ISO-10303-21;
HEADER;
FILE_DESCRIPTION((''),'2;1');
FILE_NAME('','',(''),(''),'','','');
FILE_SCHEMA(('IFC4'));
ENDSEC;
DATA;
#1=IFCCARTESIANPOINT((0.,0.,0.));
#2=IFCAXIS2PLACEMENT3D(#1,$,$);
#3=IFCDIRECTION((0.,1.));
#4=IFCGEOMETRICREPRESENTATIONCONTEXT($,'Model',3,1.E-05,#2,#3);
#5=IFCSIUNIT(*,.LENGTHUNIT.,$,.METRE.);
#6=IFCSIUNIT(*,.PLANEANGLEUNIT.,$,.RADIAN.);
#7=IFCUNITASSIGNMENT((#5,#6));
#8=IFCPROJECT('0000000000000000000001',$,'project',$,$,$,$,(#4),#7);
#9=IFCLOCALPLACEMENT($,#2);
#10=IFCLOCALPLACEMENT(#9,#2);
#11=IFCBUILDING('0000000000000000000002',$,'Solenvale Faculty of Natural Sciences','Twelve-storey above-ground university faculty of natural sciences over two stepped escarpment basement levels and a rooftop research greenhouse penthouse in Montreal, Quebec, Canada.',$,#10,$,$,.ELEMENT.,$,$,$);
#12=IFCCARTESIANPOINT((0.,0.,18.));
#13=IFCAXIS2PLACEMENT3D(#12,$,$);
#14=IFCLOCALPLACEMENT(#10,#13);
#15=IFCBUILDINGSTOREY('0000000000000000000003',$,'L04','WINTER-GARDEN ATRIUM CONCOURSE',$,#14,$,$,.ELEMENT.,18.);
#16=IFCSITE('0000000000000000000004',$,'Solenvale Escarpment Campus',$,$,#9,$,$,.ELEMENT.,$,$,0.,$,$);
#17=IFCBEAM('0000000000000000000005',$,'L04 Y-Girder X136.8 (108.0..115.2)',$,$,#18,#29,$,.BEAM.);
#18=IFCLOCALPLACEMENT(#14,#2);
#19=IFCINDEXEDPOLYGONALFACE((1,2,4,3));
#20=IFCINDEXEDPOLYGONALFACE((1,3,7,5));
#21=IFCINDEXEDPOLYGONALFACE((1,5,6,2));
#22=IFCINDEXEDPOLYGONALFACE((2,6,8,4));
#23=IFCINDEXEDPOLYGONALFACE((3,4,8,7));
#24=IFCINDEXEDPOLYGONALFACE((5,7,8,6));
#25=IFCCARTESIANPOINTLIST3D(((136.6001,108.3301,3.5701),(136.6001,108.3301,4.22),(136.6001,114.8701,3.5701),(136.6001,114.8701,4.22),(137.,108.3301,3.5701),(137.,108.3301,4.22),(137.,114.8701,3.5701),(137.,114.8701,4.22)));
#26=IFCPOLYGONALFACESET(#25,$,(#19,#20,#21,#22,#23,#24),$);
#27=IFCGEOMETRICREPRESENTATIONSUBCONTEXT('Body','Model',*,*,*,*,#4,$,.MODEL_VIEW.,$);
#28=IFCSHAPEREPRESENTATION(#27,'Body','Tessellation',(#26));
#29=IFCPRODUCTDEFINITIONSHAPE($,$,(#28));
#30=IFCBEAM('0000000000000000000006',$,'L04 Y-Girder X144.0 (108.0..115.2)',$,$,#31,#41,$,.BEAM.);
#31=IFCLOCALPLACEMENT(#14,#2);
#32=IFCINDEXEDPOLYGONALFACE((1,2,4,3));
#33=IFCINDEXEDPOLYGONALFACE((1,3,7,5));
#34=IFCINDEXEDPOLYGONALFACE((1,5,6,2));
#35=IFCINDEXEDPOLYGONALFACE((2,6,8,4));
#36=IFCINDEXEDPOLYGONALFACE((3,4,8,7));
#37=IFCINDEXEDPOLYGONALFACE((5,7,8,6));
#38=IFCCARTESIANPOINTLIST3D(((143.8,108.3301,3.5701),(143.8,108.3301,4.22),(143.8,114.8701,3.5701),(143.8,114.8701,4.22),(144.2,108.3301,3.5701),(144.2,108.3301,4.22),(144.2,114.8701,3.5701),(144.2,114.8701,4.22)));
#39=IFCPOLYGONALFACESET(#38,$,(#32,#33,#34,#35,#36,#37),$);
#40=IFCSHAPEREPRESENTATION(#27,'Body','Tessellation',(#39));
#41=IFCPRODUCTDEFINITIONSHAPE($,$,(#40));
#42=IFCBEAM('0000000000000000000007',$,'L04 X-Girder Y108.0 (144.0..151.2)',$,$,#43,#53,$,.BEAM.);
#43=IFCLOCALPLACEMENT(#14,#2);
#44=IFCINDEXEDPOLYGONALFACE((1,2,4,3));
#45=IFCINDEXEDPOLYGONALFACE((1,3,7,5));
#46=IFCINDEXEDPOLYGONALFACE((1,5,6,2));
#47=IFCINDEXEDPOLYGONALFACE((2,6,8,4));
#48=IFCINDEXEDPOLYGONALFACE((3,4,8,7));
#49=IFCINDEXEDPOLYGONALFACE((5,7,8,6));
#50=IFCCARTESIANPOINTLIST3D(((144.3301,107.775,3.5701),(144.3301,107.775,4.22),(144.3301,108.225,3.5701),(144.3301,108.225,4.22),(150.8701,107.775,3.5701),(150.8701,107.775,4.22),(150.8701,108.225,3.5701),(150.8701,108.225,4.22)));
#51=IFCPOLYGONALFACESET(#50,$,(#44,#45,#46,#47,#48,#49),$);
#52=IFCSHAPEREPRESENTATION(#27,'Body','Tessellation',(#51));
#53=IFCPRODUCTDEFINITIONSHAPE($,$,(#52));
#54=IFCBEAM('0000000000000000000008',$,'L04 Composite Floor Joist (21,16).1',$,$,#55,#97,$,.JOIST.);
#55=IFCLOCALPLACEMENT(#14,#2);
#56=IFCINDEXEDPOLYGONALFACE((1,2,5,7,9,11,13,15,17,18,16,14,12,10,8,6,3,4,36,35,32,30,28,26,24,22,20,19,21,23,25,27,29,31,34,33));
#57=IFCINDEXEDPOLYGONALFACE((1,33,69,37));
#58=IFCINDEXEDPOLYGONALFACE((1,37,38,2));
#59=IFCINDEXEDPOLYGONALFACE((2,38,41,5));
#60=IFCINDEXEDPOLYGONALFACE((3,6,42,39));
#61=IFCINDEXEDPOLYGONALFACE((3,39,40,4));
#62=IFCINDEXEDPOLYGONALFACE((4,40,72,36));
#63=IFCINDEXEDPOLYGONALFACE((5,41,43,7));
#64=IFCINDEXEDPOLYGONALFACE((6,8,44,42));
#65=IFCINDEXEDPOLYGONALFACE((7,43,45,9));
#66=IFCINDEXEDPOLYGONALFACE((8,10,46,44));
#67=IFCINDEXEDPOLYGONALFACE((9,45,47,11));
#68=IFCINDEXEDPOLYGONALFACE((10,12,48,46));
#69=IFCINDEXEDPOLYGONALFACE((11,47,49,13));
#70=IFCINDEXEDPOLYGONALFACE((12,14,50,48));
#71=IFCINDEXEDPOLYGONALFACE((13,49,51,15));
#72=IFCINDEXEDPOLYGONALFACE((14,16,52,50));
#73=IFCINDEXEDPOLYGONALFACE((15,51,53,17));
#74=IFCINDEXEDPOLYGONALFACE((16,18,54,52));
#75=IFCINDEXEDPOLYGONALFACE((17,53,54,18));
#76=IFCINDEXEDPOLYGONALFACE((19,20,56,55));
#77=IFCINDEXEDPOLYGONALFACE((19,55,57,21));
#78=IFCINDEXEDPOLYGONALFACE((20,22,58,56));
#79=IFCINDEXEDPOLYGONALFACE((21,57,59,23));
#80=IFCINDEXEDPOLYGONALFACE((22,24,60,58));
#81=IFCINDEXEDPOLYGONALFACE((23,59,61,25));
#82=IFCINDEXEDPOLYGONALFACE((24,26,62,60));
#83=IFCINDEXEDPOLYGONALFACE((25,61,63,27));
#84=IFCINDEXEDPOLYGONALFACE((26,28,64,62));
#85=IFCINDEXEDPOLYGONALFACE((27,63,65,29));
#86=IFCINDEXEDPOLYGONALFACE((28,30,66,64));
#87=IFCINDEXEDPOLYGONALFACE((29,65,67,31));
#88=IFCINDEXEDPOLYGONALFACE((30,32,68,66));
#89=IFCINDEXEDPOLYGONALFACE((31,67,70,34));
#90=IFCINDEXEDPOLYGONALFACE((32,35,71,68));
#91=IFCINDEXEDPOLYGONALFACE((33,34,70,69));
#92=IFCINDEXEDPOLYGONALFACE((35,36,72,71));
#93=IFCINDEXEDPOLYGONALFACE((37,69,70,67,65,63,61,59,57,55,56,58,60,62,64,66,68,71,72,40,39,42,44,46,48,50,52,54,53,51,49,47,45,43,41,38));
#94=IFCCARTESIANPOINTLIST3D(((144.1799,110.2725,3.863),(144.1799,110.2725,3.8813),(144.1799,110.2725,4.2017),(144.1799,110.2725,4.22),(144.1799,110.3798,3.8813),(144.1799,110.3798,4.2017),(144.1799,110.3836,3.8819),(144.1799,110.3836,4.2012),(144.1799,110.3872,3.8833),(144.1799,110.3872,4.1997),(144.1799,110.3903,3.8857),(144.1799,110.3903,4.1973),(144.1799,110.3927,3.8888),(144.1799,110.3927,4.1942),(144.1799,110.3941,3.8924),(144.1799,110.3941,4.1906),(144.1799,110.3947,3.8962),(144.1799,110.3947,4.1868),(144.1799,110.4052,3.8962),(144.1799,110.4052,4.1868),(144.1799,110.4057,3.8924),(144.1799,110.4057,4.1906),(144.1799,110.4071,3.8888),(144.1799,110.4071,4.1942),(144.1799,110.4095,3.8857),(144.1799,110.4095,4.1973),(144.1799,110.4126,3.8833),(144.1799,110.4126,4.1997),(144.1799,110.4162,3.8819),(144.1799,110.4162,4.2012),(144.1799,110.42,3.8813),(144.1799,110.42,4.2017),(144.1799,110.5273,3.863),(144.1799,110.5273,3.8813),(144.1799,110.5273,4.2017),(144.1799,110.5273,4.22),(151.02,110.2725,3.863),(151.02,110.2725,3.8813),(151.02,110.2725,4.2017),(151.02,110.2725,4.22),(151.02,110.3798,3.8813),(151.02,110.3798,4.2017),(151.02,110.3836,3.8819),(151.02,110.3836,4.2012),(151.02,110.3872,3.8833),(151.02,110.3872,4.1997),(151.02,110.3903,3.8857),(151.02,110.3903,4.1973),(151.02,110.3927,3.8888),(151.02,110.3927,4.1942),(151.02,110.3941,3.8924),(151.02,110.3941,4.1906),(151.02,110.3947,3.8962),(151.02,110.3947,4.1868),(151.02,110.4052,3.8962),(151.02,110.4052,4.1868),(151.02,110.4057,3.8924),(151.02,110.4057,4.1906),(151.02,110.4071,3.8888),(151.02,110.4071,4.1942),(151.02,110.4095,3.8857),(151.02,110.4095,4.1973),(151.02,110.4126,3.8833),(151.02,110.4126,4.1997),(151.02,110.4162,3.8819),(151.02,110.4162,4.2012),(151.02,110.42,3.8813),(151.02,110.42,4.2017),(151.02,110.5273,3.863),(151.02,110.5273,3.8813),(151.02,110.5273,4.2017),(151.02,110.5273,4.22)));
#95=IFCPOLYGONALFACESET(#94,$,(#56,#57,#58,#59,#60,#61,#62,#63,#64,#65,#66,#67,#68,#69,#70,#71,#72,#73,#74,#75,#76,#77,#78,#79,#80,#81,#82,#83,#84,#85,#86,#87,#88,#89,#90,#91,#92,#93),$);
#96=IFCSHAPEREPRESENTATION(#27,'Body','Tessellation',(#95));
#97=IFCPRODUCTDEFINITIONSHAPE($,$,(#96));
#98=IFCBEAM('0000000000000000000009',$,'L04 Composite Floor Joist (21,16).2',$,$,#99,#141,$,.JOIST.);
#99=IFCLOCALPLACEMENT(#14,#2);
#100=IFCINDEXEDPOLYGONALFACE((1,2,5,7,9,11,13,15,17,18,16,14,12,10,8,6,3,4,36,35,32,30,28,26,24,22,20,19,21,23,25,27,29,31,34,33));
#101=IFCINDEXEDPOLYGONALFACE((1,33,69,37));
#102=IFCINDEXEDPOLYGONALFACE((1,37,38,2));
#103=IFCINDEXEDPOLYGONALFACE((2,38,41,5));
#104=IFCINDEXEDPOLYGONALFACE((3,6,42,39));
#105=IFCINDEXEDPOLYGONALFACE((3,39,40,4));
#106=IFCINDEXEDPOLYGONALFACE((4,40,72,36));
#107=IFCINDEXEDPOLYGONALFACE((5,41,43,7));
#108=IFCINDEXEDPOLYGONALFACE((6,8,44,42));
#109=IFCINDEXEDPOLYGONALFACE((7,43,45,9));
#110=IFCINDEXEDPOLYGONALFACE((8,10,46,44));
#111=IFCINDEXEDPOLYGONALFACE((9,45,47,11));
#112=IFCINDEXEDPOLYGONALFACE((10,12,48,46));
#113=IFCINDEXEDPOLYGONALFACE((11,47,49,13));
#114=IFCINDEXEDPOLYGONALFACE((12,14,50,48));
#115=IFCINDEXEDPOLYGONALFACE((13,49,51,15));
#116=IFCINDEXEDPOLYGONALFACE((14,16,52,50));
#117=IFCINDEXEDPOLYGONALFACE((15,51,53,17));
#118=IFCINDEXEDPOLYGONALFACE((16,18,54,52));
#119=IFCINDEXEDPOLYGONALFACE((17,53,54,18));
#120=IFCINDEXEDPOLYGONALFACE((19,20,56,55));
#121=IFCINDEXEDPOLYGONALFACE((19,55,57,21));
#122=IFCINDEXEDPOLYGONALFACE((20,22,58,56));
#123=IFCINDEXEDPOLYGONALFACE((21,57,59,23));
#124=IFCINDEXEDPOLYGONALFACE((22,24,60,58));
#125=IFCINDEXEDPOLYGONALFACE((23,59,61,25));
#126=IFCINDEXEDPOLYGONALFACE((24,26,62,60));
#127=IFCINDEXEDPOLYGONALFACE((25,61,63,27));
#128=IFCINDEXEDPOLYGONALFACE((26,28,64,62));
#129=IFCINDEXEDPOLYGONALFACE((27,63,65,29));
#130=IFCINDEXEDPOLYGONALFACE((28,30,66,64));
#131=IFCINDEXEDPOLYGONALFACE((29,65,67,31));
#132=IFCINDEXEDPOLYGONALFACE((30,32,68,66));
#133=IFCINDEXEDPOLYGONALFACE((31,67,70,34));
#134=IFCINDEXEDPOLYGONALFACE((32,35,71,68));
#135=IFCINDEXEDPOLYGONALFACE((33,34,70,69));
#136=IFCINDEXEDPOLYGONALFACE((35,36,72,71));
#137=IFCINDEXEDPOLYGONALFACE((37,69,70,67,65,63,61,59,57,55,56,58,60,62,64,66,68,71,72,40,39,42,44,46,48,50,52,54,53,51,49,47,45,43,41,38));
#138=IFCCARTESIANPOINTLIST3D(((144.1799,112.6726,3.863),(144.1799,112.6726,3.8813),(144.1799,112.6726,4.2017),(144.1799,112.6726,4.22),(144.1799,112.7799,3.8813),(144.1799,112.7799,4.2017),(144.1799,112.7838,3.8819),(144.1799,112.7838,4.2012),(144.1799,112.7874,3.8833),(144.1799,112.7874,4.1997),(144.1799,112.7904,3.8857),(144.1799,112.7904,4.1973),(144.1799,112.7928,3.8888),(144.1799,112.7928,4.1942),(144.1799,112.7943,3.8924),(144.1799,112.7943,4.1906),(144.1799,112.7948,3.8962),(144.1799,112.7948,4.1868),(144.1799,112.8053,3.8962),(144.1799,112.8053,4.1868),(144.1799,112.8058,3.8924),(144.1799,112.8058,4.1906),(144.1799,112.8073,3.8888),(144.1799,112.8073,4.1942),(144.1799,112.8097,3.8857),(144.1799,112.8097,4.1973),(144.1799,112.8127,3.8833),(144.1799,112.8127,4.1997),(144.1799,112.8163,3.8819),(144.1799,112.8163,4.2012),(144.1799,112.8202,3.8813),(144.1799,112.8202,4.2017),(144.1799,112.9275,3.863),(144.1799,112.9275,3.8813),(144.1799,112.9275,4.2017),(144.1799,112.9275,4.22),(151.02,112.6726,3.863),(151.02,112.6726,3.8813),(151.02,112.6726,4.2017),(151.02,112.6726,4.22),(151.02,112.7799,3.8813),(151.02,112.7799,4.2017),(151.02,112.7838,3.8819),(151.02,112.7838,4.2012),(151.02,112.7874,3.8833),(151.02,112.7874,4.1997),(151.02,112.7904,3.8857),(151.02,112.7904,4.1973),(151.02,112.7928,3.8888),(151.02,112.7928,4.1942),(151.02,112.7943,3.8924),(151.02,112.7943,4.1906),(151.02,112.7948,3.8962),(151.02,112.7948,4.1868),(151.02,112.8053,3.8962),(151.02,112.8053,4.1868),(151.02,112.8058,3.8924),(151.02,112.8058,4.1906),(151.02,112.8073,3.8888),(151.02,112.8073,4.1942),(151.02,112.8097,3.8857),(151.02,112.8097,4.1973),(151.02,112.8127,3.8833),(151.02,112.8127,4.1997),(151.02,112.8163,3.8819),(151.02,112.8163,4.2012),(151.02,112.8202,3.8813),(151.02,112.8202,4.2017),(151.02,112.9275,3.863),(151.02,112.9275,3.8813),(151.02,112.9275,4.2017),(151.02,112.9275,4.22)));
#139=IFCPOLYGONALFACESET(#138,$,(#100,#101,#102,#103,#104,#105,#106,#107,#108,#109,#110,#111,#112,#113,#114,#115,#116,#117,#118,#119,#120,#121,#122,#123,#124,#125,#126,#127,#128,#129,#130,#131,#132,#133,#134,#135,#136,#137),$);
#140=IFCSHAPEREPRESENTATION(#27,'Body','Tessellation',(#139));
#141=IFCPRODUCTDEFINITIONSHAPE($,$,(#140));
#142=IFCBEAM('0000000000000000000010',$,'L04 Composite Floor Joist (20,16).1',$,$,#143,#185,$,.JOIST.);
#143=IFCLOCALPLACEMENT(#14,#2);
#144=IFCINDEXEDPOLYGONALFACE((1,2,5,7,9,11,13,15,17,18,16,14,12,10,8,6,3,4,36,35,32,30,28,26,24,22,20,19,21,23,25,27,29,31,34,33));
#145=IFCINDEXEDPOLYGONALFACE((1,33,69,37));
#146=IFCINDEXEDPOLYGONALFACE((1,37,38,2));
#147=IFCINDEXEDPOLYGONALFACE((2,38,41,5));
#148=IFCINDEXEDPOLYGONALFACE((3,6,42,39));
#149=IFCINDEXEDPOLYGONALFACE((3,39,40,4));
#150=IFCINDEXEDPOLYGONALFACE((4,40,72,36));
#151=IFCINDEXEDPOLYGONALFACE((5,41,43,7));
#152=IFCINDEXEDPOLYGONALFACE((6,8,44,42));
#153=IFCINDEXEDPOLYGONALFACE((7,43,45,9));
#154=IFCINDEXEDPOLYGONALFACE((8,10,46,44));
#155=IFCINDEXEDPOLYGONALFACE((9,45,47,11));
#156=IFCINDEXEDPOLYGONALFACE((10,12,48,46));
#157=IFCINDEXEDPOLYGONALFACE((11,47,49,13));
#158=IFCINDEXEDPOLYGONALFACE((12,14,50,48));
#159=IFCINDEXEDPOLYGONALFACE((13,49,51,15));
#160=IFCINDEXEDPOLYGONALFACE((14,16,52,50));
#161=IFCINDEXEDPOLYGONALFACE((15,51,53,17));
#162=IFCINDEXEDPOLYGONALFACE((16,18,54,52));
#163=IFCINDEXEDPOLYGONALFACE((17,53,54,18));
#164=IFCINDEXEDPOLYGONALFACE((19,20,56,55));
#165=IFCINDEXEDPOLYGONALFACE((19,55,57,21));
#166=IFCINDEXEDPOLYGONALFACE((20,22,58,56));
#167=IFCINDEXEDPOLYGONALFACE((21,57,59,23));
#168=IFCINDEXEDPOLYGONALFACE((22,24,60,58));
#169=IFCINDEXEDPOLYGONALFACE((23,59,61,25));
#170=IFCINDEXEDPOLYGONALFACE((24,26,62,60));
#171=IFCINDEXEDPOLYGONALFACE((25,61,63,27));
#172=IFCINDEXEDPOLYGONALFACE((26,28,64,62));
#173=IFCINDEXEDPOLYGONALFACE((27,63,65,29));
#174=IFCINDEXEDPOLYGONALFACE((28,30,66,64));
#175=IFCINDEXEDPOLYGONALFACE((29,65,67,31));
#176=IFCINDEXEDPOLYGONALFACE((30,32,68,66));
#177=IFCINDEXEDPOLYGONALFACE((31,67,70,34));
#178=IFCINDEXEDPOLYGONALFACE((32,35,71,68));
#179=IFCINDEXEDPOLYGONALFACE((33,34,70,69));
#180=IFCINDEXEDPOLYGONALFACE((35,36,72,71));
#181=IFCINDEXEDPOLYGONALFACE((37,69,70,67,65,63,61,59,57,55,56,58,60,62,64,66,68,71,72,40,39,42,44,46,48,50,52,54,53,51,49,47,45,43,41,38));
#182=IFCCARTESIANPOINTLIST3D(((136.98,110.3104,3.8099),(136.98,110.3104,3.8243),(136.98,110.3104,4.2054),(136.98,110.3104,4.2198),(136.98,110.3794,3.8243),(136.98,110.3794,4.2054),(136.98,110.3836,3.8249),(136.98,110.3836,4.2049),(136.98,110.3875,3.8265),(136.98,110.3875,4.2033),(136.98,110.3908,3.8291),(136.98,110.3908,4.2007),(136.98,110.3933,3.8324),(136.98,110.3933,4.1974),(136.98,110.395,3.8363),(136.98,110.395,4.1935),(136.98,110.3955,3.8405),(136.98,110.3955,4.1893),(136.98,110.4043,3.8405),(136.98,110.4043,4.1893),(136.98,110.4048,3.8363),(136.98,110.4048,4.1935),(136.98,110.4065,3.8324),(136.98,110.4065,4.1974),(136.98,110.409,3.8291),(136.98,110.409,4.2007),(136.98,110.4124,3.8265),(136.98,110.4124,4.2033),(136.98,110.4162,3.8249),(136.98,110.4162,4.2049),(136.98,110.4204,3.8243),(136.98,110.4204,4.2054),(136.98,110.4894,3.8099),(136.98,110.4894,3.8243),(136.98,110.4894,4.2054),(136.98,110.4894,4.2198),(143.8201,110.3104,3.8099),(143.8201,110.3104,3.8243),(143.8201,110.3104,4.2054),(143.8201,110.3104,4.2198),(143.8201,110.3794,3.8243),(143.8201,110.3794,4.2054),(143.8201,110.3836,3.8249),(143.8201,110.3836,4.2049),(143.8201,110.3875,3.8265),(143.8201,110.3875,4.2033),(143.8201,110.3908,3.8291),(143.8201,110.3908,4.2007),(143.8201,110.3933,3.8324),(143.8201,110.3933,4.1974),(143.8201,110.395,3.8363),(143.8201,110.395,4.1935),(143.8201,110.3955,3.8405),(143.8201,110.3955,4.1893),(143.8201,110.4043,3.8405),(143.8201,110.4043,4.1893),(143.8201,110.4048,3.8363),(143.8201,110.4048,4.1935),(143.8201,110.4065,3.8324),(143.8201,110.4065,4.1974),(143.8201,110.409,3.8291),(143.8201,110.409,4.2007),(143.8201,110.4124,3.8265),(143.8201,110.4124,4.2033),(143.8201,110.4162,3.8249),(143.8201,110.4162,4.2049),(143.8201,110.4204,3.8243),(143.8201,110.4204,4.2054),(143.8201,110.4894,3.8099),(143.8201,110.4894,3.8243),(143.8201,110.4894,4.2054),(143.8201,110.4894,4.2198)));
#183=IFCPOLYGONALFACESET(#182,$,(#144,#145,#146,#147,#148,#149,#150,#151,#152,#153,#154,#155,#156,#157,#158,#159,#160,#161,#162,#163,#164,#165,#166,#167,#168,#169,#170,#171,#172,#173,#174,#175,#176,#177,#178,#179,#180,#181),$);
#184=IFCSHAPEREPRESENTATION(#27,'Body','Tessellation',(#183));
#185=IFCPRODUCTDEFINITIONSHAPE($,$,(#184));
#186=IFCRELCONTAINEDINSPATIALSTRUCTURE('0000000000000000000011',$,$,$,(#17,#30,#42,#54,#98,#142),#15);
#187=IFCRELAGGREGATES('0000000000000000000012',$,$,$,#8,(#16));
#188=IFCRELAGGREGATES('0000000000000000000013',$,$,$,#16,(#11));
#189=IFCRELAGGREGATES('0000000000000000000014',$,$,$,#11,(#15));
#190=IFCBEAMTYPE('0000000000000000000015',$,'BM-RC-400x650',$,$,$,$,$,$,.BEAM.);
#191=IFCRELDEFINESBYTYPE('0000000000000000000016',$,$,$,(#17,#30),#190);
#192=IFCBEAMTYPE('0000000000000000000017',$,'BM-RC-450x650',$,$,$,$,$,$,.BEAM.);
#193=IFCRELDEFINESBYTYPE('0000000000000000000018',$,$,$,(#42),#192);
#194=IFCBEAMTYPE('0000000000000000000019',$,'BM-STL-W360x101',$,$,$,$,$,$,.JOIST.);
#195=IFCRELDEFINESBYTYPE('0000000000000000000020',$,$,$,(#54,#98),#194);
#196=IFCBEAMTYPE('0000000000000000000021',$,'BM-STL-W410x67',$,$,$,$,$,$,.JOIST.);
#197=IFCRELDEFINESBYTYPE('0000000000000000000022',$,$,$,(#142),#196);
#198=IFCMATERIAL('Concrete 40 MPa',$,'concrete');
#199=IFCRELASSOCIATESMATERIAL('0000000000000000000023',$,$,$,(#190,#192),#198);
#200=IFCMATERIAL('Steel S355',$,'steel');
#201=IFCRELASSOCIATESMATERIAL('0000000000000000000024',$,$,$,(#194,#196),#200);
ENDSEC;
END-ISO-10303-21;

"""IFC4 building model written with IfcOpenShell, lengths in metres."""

from ifc_helpers import new_model, si_unit, direction, frame, origin, origin_2d, place, context, subcontext, project, spatial, rectangle, i_section, extrude, material, material_profile, profile_set, type_object, element, save


model = new_model("IFC4")

# Units and contexts
model_context = context("Model", 3, precision=1e-05, world=origin(), true_north=direction((0.0, 1.0)))
body_context = subcontext(model_context, "Body", "Model", "MODEL_VIEW")
ifc_project = project(units=[si_unit("LENGTHUNIT", "METRE"), si_unit("PLANEANGLEUNIT", "RADIAN")], contexts=[model_context])

# Site, building, storey
site_placement = place(None, origin())
site = spatial("IfcSite", under=ifc_project, at=site_placement, Name="Solenvale Escarpment Campus", CompositionType="ELEMENT", RefElevation=0.0)
building_placement = place(site_placement, origin())
building = spatial("IfcBuilding", under=site, at=building_placement, Name="Solenvale Faculty of Natural Sciences", Description="Twelve-storey above-ground university faculty of natural sciences over two stepped escarpment basement levels and a rooftop research greenhouse penthouse in Montreal, Quebec, Canada.", CompositionType="ELEMENT")
storey_placement = place(building_placement, frame((0.0, 0.0, 18.0)))
storey = spatial("IfcBuildingStorey", under=building, at=storey_placement, Name="L04", Description="WINTER-GARDEN ATRIUM CONCOURSE", CompositionType="ELEMENT", Elevation=18.0)

# Beams
ifc_material_1 = material(Name="Concrete 40 MPa", Category="concrete")
ifc_material_profile_1 = material_profile(ifc_material_1, rectangle(XDim=0.3999, YDim=0.6499, at=origin_2d()), Name="RC-BM-400x650")
ifc_profile_set_1 = profile_set([ifc_material_profile_1], Name="Concrete 40 MPa")
beam_type_1 = type_object("IfcBeamType", Name="BM-RC-400x650", PredefinedType="BEAM", material=ifc_profile_set_1)
for number, where, z_axis, x_axis, name in (
    (1, (136.8, 108.3301, 3.895), (0.0, 1.0, 0.0), (-1.0, 0.0, 0.0), "L04 Y-Girder X136.8 (108.0..115.2)"),
    (2, (144.0, 108.3301, 3.895), (0.0, 1.0, 0.0), (-1.0, 0.0, 0.0), "L04 Y-Girder X144.0 (108.0..115.2)"),
):
    element("IfcBeam", number, at=place(storey_placement, frame(where, z_axis=z_axis, x_axis=x_axis)), inside=storey, type_object=beam_type_1, Name=name, PredefinedType="BEAM", context=body_context, shape_type="SweptSolid", body=[
        extrude(rectangle(XDim=0.3999, YDim=0.6499, at=origin_2d()), origin(), (0.0, 0.0, 1.0), 6.54),
    ])
ifc_material_profile_2 = material_profile(ifc_material_1, rectangle(XDim=0.45, YDim=0.6499, at=origin_2d()), Name="RC-BM-450x650")
ifc_profile_set_2 = profile_set([ifc_material_profile_2], Name="Concrete 40 MPa")
beam_type_2 = type_object("IfcBeamType", Name="BM-RC-450x650", PredefinedType="BEAM", material=ifc_profile_set_2)
beam_placement = place(storey_placement, frame((144.3301, 108.0, 3.895), z_axis=(1.0, 0.0, 0.0), x_axis=(0.0, 1.0, 0.0)))
element("IfcBeam", 3, at=beam_placement, inside=storey, type_object=beam_type_2, Name="L04 X-Girder Y108.0 (144.0..151.2)", PredefinedType="BEAM", context=body_context, shape_type="SweptSolid", body=[
    extrude(rectangle(XDim=0.45, YDim=0.6499, at=origin_2d()), origin(), (0.0, 0.0, 1.0), 6.54),
])
ifc_material_2 = material(Name="Steel S355", Category="steel")
ifc_material_profile_3 = material_profile(ifc_material_2, i_section(OverallWidth=0.2549, OverallDepth=0.3569, WebThickness=0.0105, FlangeThickness=0.0183, FilletRadius=0.0149, at=origin_2d()), Name="W360x101")
ifc_profile_set_3 = profile_set([ifc_material_profile_3], Name="Steel S355")
beam_type_3 = type_object("IfcBeamType", Name="BM-STL-W360x101", PredefinedType="JOIST", material=ifc_profile_set_3)
for number, where, z_axis, x_axis, name in (
    (4, (144.1799, 110.3999, 4.0415), (1.0, 0.0, 0.0), (0.0, 1.0, 0.0), "L04 Composite Floor Joist (21,16).1"),
    (5, (144.1799, 112.8, 4.0415), (1.0, 0.0, 0.0), (0.0, 1.0, 0.0), "L04 Composite Floor Joist (21,16).2"),
):
    element("IfcBeam", number, at=place(storey_placement, frame(where, z_axis=z_axis, x_axis=x_axis)), inside=storey, type_object=beam_type_3, Name=name, PredefinedType="JOIST", context=body_context, shape_type="SweptSolid", body=[
        extrude(i_section(OverallWidth=0.2549, OverallDepth=0.3569, WebThickness=0.0105, FlangeThickness=0.0183, FilletRadius=0.0149, at=origin_2d()), origin(), (0.0, 0.0, 1.0), 6.8401),
    ])
ifc_material_profile_4 = material_profile(ifc_material_2, i_section(OverallWidth=0.179, OverallDepth=0.4099, WebThickness=0.0088, FlangeThickness=0.0144, FilletRadius=0.0161, at=origin_2d()), Name="W410x67")
ifc_profile_set_4 = profile_set([ifc_material_profile_4], Name="Steel S355")
beam_type_4 = type_object("IfcBeamType", Name="BM-STL-W410x67", PredefinedType="JOIST", material=ifc_profile_set_4)
for number, where, z_axis, x_axis, name in (
    (6, (136.98, 110.3999, 4.0149), (1.0, 0.0, 0.0), (0.0, 1.0, 0.0), "L04 Composite Floor Joist (20,16).1"),
):
    element("IfcBeam", number, at=place(storey_placement, frame(where, z_axis=z_axis, x_axis=x_axis)), inside=storey, type_object=beam_type_4, Name=name, PredefinedType="JOIST", context=body_context, shape_type="SweptSolid", body=[
        extrude(i_section(OverallWidth=0.179, OverallDepth=0.4099, WebThickness=0.0088, FlangeThickness=0.0144, FilletRadius=0.0161, at=origin_2d()), origin(), (0.0, 0.0, 1.0), 6.8401),
    ])

save(model, "model.ifc")
